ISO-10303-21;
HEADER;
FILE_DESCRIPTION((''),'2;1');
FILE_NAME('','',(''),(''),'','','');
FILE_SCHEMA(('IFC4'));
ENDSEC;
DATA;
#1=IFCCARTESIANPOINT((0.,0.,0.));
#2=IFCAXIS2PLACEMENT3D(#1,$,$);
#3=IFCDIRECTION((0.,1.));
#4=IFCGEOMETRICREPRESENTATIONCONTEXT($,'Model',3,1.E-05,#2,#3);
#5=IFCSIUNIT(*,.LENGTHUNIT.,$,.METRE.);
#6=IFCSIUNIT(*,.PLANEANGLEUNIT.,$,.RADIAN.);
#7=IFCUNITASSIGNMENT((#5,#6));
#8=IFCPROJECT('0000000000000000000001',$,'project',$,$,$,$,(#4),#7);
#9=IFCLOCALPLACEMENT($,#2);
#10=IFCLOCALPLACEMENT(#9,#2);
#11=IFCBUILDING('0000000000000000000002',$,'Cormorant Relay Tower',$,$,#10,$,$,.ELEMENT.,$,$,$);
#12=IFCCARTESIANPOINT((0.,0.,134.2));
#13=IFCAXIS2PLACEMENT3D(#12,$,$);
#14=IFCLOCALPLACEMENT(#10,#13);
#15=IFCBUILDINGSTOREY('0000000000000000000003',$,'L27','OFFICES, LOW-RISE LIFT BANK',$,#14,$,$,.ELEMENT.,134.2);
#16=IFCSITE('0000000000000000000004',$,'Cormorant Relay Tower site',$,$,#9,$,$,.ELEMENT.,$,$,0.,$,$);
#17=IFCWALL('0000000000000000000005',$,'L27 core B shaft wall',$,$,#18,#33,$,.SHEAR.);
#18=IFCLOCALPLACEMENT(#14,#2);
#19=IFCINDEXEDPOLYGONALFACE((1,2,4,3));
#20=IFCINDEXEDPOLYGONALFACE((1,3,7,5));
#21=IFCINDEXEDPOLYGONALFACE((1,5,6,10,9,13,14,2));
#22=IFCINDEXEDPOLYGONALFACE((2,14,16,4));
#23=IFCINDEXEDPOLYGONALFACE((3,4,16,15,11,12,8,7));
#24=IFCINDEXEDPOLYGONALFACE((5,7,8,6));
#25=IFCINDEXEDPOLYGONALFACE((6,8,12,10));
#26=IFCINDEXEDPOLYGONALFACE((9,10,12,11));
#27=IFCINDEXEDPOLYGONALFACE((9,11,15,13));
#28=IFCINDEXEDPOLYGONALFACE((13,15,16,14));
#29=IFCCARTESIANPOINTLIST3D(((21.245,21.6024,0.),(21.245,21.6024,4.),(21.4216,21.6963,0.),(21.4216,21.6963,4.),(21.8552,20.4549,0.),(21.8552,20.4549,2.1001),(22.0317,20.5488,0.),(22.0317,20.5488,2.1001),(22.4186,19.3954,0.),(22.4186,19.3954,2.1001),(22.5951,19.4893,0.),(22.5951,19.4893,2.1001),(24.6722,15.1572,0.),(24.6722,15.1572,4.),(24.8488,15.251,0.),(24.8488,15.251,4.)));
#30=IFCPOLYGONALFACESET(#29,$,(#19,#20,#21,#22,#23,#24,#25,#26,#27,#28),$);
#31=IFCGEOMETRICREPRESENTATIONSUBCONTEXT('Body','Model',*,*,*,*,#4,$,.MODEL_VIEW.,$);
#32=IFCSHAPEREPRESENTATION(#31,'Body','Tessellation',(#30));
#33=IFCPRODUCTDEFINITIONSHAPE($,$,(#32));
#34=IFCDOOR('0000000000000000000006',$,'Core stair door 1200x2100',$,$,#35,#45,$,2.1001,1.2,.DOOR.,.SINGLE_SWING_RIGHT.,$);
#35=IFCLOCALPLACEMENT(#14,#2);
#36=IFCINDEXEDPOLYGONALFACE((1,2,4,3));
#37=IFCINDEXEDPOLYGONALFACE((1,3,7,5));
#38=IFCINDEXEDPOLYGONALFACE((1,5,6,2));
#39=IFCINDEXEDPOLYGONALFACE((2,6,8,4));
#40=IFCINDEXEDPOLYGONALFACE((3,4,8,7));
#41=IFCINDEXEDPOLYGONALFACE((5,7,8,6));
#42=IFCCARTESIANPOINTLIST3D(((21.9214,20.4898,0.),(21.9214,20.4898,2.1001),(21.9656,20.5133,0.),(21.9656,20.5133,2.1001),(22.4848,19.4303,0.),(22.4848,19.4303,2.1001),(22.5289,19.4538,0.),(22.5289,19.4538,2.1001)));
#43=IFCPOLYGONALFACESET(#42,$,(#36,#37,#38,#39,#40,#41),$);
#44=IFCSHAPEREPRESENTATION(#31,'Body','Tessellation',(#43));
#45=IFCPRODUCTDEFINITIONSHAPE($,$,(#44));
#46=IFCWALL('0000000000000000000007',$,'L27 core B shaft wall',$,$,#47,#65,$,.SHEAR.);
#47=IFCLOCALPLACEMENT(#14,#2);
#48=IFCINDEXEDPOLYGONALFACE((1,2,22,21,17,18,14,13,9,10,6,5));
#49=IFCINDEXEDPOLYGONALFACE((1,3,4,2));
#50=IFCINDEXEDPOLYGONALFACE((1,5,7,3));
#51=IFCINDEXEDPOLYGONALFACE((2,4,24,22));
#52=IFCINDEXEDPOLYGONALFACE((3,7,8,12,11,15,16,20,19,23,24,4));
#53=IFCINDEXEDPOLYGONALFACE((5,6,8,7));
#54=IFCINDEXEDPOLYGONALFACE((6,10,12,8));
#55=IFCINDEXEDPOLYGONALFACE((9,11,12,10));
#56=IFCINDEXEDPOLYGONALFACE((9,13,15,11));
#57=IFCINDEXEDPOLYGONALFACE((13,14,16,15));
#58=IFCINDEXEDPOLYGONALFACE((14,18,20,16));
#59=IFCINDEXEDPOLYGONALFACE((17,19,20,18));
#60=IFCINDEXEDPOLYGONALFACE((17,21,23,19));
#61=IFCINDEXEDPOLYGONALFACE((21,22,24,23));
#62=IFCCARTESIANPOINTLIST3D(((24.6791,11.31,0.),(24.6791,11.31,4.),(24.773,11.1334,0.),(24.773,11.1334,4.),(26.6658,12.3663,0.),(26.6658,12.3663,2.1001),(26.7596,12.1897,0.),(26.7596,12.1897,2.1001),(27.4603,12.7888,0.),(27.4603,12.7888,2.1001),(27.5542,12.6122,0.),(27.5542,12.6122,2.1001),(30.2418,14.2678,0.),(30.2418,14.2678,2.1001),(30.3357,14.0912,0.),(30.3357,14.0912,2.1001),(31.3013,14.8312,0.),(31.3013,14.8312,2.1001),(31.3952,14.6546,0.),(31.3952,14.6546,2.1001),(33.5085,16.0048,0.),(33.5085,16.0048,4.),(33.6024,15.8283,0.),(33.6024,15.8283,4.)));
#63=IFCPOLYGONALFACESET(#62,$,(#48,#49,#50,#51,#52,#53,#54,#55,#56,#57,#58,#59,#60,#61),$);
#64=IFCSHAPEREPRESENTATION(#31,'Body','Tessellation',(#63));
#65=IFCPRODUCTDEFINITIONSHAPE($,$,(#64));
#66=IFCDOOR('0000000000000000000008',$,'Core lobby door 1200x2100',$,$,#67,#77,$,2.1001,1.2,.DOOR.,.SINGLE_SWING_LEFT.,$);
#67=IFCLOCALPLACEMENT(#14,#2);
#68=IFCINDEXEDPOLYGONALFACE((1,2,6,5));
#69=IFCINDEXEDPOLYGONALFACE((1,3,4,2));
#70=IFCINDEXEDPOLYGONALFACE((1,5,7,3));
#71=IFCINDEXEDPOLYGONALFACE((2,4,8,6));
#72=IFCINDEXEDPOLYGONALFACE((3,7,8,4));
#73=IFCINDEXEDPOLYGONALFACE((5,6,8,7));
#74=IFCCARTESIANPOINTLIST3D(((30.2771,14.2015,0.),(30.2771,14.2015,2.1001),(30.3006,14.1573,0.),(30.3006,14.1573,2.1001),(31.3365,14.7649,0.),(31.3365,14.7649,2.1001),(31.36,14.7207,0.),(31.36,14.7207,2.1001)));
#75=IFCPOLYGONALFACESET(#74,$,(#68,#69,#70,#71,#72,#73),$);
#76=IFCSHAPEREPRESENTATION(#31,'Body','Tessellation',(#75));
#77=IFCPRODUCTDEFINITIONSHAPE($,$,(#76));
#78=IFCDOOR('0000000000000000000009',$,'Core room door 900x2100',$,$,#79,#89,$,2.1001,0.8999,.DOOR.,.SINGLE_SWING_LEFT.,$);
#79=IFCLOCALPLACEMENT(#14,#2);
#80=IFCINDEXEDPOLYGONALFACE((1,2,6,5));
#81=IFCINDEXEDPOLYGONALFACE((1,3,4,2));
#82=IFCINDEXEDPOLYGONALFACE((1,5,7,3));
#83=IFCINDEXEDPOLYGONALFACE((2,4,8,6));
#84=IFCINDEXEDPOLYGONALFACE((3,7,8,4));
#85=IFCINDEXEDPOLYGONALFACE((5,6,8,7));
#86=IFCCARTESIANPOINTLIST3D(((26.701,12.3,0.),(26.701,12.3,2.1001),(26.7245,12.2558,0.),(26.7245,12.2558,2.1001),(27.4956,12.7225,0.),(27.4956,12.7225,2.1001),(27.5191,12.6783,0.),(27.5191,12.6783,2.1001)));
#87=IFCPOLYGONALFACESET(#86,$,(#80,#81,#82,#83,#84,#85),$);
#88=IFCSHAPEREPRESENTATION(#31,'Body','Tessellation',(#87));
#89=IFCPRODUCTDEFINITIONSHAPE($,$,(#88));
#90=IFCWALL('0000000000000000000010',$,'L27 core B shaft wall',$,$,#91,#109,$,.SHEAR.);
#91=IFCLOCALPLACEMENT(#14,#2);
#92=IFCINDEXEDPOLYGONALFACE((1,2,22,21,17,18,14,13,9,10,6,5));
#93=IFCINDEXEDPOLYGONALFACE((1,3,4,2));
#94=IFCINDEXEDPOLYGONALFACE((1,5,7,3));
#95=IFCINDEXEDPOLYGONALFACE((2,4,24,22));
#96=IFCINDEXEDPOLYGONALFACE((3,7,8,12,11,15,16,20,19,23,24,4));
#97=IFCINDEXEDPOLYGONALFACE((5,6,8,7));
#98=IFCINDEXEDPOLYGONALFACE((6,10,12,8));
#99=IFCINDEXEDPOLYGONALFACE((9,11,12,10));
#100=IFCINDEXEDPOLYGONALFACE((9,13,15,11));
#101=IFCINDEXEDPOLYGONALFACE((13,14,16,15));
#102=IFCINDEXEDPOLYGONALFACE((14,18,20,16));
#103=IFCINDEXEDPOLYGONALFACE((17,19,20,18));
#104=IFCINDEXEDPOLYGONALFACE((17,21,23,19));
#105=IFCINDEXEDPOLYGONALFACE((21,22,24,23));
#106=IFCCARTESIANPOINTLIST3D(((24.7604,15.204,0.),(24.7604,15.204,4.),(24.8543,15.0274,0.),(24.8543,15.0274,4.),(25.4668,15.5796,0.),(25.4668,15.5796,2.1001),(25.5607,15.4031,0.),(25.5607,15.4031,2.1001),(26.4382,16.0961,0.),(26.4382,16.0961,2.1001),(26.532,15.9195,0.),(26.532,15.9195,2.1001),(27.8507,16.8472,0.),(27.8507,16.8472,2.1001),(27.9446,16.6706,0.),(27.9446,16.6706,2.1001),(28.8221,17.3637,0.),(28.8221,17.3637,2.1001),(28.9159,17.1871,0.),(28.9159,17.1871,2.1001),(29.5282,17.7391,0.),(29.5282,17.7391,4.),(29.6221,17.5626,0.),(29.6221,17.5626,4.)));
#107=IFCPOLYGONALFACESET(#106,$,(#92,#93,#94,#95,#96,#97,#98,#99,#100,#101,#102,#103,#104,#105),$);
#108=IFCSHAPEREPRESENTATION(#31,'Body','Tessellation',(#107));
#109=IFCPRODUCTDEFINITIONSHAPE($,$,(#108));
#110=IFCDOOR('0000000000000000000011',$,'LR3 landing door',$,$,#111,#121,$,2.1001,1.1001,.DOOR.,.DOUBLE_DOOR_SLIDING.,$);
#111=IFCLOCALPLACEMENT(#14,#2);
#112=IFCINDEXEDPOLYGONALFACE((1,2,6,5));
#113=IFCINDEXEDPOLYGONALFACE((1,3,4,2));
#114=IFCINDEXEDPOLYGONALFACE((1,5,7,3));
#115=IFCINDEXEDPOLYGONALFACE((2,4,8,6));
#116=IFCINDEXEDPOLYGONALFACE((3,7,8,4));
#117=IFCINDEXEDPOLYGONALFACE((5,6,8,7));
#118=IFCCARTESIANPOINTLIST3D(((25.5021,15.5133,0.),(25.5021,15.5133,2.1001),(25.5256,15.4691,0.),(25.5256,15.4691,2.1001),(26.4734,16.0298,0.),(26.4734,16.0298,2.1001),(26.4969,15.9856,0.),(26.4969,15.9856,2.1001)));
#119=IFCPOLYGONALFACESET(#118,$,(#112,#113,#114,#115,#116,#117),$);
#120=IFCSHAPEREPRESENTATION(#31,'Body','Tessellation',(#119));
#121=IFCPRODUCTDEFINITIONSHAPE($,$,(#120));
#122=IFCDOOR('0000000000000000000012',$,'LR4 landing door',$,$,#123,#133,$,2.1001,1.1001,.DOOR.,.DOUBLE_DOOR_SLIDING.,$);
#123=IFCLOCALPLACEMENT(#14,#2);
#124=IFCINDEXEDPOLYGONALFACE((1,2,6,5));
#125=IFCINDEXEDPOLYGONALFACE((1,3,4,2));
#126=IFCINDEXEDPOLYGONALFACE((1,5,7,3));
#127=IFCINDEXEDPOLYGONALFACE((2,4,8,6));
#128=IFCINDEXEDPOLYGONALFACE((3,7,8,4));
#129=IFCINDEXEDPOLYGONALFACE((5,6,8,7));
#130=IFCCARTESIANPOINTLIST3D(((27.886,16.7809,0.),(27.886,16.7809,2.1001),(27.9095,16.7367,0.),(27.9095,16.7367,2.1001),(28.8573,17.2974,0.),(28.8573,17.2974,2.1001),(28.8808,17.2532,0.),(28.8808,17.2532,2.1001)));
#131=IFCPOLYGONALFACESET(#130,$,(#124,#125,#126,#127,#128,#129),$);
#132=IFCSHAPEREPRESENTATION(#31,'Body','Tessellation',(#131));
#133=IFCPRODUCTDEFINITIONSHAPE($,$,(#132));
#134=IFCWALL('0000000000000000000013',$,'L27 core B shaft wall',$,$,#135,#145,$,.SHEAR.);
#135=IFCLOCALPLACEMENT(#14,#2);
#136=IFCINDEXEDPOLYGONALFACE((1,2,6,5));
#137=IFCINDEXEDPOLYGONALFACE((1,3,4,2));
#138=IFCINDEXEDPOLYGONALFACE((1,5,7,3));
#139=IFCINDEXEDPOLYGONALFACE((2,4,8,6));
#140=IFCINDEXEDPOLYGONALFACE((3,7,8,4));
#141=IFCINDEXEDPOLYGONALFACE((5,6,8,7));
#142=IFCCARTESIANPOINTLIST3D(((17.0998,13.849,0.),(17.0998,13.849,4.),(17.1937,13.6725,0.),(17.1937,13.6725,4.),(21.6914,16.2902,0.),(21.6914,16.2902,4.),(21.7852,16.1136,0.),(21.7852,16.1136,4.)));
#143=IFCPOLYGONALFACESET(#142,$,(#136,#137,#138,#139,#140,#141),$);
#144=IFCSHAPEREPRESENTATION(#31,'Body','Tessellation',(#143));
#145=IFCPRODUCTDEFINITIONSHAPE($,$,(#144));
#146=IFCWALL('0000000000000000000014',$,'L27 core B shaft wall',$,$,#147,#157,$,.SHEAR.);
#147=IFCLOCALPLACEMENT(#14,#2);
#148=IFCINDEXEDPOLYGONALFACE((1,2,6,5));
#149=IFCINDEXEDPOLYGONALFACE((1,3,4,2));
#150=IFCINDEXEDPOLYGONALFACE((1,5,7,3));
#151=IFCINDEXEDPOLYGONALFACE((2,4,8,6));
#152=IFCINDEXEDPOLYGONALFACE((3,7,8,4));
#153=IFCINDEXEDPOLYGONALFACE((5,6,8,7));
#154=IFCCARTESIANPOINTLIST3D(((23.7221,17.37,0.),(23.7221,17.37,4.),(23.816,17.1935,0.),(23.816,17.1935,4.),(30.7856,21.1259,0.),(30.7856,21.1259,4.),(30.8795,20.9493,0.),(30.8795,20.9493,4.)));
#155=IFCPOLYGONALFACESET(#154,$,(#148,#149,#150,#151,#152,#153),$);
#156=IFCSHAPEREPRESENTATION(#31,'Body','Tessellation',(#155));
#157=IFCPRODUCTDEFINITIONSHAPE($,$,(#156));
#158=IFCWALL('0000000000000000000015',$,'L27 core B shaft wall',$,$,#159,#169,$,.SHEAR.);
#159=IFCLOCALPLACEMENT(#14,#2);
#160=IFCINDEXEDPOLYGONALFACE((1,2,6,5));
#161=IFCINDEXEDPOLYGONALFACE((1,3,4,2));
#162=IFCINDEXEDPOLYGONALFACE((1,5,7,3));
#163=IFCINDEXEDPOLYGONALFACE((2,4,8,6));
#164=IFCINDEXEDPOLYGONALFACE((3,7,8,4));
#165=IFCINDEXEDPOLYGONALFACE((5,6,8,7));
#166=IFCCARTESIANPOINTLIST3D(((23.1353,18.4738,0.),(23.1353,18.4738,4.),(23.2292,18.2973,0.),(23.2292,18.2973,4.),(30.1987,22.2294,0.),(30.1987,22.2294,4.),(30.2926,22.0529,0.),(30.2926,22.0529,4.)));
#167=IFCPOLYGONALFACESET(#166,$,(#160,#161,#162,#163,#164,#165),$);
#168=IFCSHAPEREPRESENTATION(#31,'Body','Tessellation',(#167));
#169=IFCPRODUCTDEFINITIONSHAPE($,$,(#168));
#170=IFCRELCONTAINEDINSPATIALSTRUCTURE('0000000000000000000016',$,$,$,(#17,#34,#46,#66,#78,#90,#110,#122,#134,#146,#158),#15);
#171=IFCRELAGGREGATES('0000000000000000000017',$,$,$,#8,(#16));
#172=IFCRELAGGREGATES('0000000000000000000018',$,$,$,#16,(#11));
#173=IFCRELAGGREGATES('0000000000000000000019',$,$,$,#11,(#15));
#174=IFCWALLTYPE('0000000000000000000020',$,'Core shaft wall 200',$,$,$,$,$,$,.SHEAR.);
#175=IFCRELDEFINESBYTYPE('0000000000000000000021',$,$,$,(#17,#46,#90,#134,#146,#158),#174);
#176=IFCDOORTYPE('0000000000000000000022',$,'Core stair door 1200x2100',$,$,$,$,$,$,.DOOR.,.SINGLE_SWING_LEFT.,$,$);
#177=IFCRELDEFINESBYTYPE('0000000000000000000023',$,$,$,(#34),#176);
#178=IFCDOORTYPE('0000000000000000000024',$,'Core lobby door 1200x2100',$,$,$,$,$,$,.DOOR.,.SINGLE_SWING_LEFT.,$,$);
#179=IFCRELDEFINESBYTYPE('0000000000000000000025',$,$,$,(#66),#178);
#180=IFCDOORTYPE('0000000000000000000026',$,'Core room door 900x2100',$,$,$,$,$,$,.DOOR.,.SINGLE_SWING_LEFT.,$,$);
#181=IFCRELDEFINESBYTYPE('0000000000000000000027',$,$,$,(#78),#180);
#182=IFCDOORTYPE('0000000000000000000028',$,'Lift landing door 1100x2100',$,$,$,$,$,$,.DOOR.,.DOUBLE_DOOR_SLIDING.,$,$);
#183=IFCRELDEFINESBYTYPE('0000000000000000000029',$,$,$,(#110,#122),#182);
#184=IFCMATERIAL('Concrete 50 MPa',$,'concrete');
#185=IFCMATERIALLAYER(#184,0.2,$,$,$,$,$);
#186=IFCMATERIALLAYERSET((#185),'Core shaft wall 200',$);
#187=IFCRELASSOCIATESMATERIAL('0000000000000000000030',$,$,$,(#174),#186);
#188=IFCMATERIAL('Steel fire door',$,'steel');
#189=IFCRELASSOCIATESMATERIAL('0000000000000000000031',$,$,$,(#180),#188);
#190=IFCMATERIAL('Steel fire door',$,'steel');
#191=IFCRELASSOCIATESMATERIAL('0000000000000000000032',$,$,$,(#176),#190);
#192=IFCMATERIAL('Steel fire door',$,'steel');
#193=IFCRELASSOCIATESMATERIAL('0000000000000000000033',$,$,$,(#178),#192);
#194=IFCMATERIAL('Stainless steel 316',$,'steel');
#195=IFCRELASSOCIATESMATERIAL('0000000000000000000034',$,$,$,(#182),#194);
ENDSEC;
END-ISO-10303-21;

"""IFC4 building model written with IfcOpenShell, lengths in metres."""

from ifc_helpers import new_model, si_unit, direction, frame, frame_2d, origin, place, context, subcontext, project, spatial, rectangle, extrude, material, layer, layer_set, type_object, element, fill, save


model = new_model("IFC4")

# Units and contexts
model_context = context("Model", 3, precision=1e-05, world=origin(), true_north=direction((0.0, 1.0)))
body_context = subcontext(model_context, "Body", "Model", "MODEL_VIEW")
ifc_project = project(units=[si_unit("LENGTHUNIT", "METRE"), si_unit("PLANEANGLEUNIT", "RADIAN")], contexts=[model_context])

# Site, building, storey
site_placement = place(None, origin())
site = spatial("IfcSite", under=ifc_project, at=site_placement, Name="Cormorant Relay Tower site", CompositionType="ELEMENT", RefElevation=0.0)
building_placement = place(site_placement, origin())
building = spatial("IfcBuilding", under=site, at=building_placement, Name="Cormorant Relay Tower", CompositionType="ELEMENT")
storey_placement = place(building_placement, frame((0.0, 0.0, 134.2)))
storey = spatial("IfcBuildingStorey", under=building, at=storey_placement, Name="L27", Description="OFFICES, LOW-RISE LIFT BANK", CompositionType="ELEMENT", Elevation=134.2)

# Shared definitions
ifc_material_1 = material(Name="Concrete 50 MPa", Category="concrete")
ifc_layer_1 = layer(ifc_material_1, 0.2)
ifc_layer_set_1 = layer_set([ifc_layer_1], Name="Core shaft wall 200")
wall_type_1 = type_object("IfcWallType", Name="Core shaft wall 200", PredefinedType="SHEAR", material=ifc_layer_set_1)

# Shared definitions
ifc_material_2 = material(Name="Steel fire door", Category="steel")
door_type_1 = type_object("IfcDoorType", Name="Core room door 900x2100", OperationType="SINGLE_SWING_LEFT", PredefinedType="DOOR", material=ifc_material_2)

# Wall, opening, door
wall_1_placement = place(storey_placement, frame((24.7605, 15.2041, 0.0), z_axis=(0.0, 0.0, 1.0), x_axis=(-0.469494, 0.882936, 0.0)))
wall_1 = element("IfcWall", 1, at=wall_1_placement, inside=storey, type_object=wall_type_1, Name="L27 core B shaft wall", PredefinedType="SHEAR", context=body_context, shape_type="SweptSolid", body=[
    extrude(rectangle(XDim=7.2998, YDim=0.2, at=frame_2d((3.6499, 0.0))), origin(), (0.0, 0.0, 1.0), 4.0),
])
opening_1_placement = place(wall_1_placement, frame((4.8, 0.0, 0.0)))
opening_1 = element("IfcOpeningElement", 2, at=opening_1_placement, cuts=wall_1, PredefinedType="OPENING", context=body_context, shape_type="SweptSolid", body=[
    extrude(rectangle(XDim=1.2, YDim=2.1001, at=frame_2d((0.6001, 1.05))), frame((0.0, 0.1099, 0.0), z_axis=(0.0, -1.0, 0.0), x_axis=(1.0, 0.0, 0.0)), (0.0, 0.0, 1.0), 0.22),
])
ifc_material_3 = material(Name="Steel fire door", Category="steel")
door_type_2 = type_object("IfcDoorType", Name="Core stair door 1200x2100", OperationType="SINGLE_SWING_LEFT", PredefinedType="DOOR", material=ifc_material_3)
door_1_placement = place(opening_1_placement, frame((1.2, 0.0, 0.0), z_axis=(0.0, 0.0, 1.0), x_axis=(-1.0, 0.0, 0.0)))
door_1 = element("IfcDoor", 3, at=door_1_placement, inside=storey, type_object=door_type_2, Name="Core stair door 1200x2100", OperationType="SINGLE_SWING_RIGHT", OverallHeight=2.1001, OverallWidth=1.2, PredefinedType="DOOR", context=body_context, shape_type="SweptSolid", body=[
    extrude(rectangle(XDim=1.2, YDim=2.1001, at=frame_2d((0.6001, 1.05))), frame((0.0, 0.0249, 0.0), z_axis=(0.0, -1.0, 0.0), x_axis=(1.0, 0.0, 0.0)), (0.0, 0.0, 1.0), 0.05),
])
fill(opening_1, door_1)

# Walls, openings, doors
wall_2_placement = place(storey_placement, frame((24.7261, 11.2217, 0.0), z_axis=(0.0, 0.0, 1.0), x_axis=(0.88294, 0.469485, 0.0)))
wall_2 = element("IfcWall", 4, at=wall_2_placement, inside=storey, type_object=wall_type_1, Name="L27 core B shaft wall", PredefinedType="SHEAR", context=body_context, shape_type="SweptSolid", body=[
    extrude(rectangle(XDim=10.0, YDim=0.2, at=frame_2d((5.0, 0.0))), origin(), (0.0, 0.0, 1.0), 4.0),
])
opening_2_placement = place(wall_2_placement, frame((6.3, 0.0, 0.0)))
opening_2 = element("IfcOpeningElement", 5, at=opening_2_placement, cuts=wall_2, PredefinedType="OPENING", context=body_context, shape_type="SweptSolid", body=[
    extrude(rectangle(XDim=1.2, YDim=2.1001, at=frame_2d((0.6001, 1.05))), frame((0.0, 0.1099, 0.0), z_axis=(0.0, -1.0, 0.0), x_axis=(1.0, 0.0, 0.0)), (0.0, 0.0, 1.0), 0.22),
])
opening_3_placement = place(wall_2_placement, frame((2.25, 0.0, 0.0)))
opening_3 = element("IfcOpeningElement", 6, at=opening_3_placement, cuts=wall_2, PredefinedType="OPENING", context=body_context, shape_type="SweptSolid", body=[
    extrude(rectangle(XDim=0.8999, YDim=2.1001, at=frame_2d((0.45, 1.05))), frame((0.0, 0.1099, 0.0), z_axis=(0.0, -1.0, 0.0), x_axis=(1.0, 0.0, 0.0)), (0.0, 0.0, 1.0), 0.22),
])
ifc_material_4 = material(Name="Steel fire door", Category="steel")
door_type_3 = type_object("IfcDoorType", Name="Core lobby door 1200x2100", OperationType="SINGLE_SWING_LEFT", PredefinedType="DOOR", material=ifc_material_4)
door_2_placement = place(opening_2_placement, origin())
door_2 = element("IfcDoor", 7, at=door_2_placement, inside=storey, type_object=door_type_3, Name="Core lobby door 1200x2100", OperationType="SINGLE_SWING_LEFT", OverallHeight=2.1001, OverallWidth=1.2, PredefinedType="DOOR", context=body_context, shape_type="SweptSolid", body=[
    extrude(rectangle(XDim=1.2, YDim=2.1001, at=frame_2d((0.6001, 1.05))), frame((0.0, 0.0249, 0.0), z_axis=(0.0, -1.0, 0.0), x_axis=(1.0, 0.0, 0.0)), (0.0, 0.0, 1.0), 0.05),
])
fill(opening_2, door_2)
door_3_placement = place(opening_3_placement, origin())
door_3 = element("IfcDoor", 8, at=door_3_placement, inside=storey, type_object=door_type_1, Name="Core room door 900x2100", OperationType="SINGLE_SWING_LEFT", OverallHeight=2.1001, OverallWidth=0.8999, PredefinedType="DOOR", context=body_context, shape_type="SweptSolid", body=[
    extrude(rectangle(XDim=0.8999, YDim=2.1001, at=frame_2d((0.45, 1.05))), frame((0.0, 0.0249, 0.0), z_axis=(0.0, -1.0, 0.0), x_axis=(1.0, 0.0, 0.0)), (0.0, 0.0, 1.0), 0.05),
])
fill(opening_3, door_3)
wall_3_placement = place(storey_placement, frame((24.8074, 15.1157, 0.0), z_axis=(0.0, 0.0, 1.0), x_axis=(0.882943, 0.46948, 0.0)))
wall_3 = element("IfcWall", 9, at=wall_3_placement, inside=storey, type_object=wall_type_1, Name="L27 core B shaft wall", PredefinedType="SHEAR", context=body_context, shape_type="SweptSolid", body=[
    extrude(rectangle(XDim=5.3999, YDim=0.2, at=frame_2d((2.7, 0.0))), origin(), (0.0, 0.0, 1.0), 4.0),
])
opening_4_placement = place(wall_3_placement, frame((0.8, 0.0, 0.0)))
opening_4 = element("IfcOpeningElement", 10, at=opening_4_placement, cuts=wall_3, PredefinedType="OPENING", context=body_context, shape_type="SweptSolid", body=[
    extrude(rectangle(XDim=1.1001, YDim=2.1001, at=frame_2d((0.55, 1.05))), frame((0.0, 0.1099, 0.0), z_axis=(0.0, -1.0, 0.0), x_axis=(1.0, 0.0, 0.0)), (0.0, 0.0, 1.0), 0.22),
])
opening_5_placement = place(wall_3_placement, frame((3.5, 0.0, 0.0)))
opening_5 = element("IfcOpeningElement", 11, at=opening_5_placement, cuts=wall_3, PredefinedType="OPENING", context=body_context, shape_type="SweptSolid", body=[
    extrude(rectangle(XDim=1.1001, YDim=2.1001, at=frame_2d((0.55, 1.05))), frame((0.0, 0.1099, 0.0), z_axis=(0.0, -1.0, 0.0), x_axis=(1.0, 0.0, 0.0)), (0.0, 0.0, 1.0), 0.22),
])
ifc_material_5 = material(Name="Stainless steel 316", Category="steel")
door_type_4 = type_object("IfcDoorType", Name="Lift landing door 1100x2100", OperationType="DOUBLE_DOOR_SLIDING", PredefinedType="DOOR", material=ifc_material_5)
door_4_placement = place(opening_4_placement, origin())
door_4 = element("IfcDoor", 12, at=door_4_placement, inside=storey, type_object=door_type_4, Name="LR3 landing door", OperationType="DOUBLE_DOOR_SLIDING", OverallHeight=2.1001, OverallWidth=1.1001, PredefinedType="DOOR", context=body_context, shape_type="SweptSolid", body=[
    extrude(rectangle(XDim=1.1001, YDim=2.1001, at=frame_2d((0.55, 1.05))), frame((0.0, 0.0249, 0.0), z_axis=(0.0, -1.0, 0.0), x_axis=(1.0, 0.0, 0.0)), (0.0, 0.0, 1.0), 0.05),
])
fill(opening_4, door_4)
door_5_placement = place(opening_5_placement, origin())
door_5 = element("IfcDoor", 13, at=door_5_placement, inside=storey, type_object=door_type_4, Name="LR4 landing door", OperationType="DOUBLE_DOOR_SLIDING", OverallHeight=2.1001, OverallWidth=1.1001, PredefinedType="DOOR", context=body_context, shape_type="SweptSolid", body=[
    extrude(rectangle(XDim=1.1001, YDim=2.1001, at=frame_2d((0.55, 1.05))), frame((0.0, 0.0249, 0.0), z_axis=(0.0, -1.0, 0.0), x_axis=(1.0, 0.0, 0.0)), (0.0, 0.0, 1.0), 0.05),
])
fill(opening_5, door_5)

# Walls
wall_4_placement = place(storey_placement, frame((17.1467, 13.7607, 0.0), z_axis=(0.0, 0.0, 1.0), x_axis=(0.882964, 0.46944, 0.0)))
element("IfcWall", 14, at=wall_4_placement, inside=storey, type_object=wall_type_1, Name="L27 core B shaft wall", PredefinedType="SHEAR", context=body_context, shape_type="SweptSolid", body=[
    extrude(rectangle(XDim=5.2002, YDim=0.2, at=frame_2d((2.6001, 0.0))), origin(), (0.0, 0.0, 1.0), 4.0),
])
wall_5_placement = place(storey_placement, frame((23.769, 17.2817, 0.0), z_axis=(0.0, 0.0, 1.0), x_axis=(0.88294, 0.469485, 0.0)))
element("IfcWall", 15, at=wall_5_placement, inside=storey, type_object=wall_type_1, Name="L27 core B shaft wall", PredefinedType="SHEAR", context=body_context, shape_type="SweptSolid", body=[
    extrude(rectangle(XDim=8.0, YDim=0.2, at=frame_2d((4.0, 0.0))), origin(), (0.0, 0.0, 1.0), 4.0),
])
wall_6_placement = place(storey_placement, frame((23.1821, 18.3855, 0.0), z_axis=(0.0, 0.0, 1.0), x_axis=(0.882953, 0.469462, 0.0)))
element("IfcWall", 16, at=wall_6_placement, inside=storey, type_object=wall_type_1, Name="L27 core B shaft wall", PredefinedType="SHEAR", context=body_context, shape_type="SweptSolid", body=[
    extrude(rectangle(XDim=7.9998, YDim=0.2, at=frame_2d((4.0, 0.0))), origin(), (0.0, 0.0, 1.0), 4.0),
])

save(model, "model.ifc")
